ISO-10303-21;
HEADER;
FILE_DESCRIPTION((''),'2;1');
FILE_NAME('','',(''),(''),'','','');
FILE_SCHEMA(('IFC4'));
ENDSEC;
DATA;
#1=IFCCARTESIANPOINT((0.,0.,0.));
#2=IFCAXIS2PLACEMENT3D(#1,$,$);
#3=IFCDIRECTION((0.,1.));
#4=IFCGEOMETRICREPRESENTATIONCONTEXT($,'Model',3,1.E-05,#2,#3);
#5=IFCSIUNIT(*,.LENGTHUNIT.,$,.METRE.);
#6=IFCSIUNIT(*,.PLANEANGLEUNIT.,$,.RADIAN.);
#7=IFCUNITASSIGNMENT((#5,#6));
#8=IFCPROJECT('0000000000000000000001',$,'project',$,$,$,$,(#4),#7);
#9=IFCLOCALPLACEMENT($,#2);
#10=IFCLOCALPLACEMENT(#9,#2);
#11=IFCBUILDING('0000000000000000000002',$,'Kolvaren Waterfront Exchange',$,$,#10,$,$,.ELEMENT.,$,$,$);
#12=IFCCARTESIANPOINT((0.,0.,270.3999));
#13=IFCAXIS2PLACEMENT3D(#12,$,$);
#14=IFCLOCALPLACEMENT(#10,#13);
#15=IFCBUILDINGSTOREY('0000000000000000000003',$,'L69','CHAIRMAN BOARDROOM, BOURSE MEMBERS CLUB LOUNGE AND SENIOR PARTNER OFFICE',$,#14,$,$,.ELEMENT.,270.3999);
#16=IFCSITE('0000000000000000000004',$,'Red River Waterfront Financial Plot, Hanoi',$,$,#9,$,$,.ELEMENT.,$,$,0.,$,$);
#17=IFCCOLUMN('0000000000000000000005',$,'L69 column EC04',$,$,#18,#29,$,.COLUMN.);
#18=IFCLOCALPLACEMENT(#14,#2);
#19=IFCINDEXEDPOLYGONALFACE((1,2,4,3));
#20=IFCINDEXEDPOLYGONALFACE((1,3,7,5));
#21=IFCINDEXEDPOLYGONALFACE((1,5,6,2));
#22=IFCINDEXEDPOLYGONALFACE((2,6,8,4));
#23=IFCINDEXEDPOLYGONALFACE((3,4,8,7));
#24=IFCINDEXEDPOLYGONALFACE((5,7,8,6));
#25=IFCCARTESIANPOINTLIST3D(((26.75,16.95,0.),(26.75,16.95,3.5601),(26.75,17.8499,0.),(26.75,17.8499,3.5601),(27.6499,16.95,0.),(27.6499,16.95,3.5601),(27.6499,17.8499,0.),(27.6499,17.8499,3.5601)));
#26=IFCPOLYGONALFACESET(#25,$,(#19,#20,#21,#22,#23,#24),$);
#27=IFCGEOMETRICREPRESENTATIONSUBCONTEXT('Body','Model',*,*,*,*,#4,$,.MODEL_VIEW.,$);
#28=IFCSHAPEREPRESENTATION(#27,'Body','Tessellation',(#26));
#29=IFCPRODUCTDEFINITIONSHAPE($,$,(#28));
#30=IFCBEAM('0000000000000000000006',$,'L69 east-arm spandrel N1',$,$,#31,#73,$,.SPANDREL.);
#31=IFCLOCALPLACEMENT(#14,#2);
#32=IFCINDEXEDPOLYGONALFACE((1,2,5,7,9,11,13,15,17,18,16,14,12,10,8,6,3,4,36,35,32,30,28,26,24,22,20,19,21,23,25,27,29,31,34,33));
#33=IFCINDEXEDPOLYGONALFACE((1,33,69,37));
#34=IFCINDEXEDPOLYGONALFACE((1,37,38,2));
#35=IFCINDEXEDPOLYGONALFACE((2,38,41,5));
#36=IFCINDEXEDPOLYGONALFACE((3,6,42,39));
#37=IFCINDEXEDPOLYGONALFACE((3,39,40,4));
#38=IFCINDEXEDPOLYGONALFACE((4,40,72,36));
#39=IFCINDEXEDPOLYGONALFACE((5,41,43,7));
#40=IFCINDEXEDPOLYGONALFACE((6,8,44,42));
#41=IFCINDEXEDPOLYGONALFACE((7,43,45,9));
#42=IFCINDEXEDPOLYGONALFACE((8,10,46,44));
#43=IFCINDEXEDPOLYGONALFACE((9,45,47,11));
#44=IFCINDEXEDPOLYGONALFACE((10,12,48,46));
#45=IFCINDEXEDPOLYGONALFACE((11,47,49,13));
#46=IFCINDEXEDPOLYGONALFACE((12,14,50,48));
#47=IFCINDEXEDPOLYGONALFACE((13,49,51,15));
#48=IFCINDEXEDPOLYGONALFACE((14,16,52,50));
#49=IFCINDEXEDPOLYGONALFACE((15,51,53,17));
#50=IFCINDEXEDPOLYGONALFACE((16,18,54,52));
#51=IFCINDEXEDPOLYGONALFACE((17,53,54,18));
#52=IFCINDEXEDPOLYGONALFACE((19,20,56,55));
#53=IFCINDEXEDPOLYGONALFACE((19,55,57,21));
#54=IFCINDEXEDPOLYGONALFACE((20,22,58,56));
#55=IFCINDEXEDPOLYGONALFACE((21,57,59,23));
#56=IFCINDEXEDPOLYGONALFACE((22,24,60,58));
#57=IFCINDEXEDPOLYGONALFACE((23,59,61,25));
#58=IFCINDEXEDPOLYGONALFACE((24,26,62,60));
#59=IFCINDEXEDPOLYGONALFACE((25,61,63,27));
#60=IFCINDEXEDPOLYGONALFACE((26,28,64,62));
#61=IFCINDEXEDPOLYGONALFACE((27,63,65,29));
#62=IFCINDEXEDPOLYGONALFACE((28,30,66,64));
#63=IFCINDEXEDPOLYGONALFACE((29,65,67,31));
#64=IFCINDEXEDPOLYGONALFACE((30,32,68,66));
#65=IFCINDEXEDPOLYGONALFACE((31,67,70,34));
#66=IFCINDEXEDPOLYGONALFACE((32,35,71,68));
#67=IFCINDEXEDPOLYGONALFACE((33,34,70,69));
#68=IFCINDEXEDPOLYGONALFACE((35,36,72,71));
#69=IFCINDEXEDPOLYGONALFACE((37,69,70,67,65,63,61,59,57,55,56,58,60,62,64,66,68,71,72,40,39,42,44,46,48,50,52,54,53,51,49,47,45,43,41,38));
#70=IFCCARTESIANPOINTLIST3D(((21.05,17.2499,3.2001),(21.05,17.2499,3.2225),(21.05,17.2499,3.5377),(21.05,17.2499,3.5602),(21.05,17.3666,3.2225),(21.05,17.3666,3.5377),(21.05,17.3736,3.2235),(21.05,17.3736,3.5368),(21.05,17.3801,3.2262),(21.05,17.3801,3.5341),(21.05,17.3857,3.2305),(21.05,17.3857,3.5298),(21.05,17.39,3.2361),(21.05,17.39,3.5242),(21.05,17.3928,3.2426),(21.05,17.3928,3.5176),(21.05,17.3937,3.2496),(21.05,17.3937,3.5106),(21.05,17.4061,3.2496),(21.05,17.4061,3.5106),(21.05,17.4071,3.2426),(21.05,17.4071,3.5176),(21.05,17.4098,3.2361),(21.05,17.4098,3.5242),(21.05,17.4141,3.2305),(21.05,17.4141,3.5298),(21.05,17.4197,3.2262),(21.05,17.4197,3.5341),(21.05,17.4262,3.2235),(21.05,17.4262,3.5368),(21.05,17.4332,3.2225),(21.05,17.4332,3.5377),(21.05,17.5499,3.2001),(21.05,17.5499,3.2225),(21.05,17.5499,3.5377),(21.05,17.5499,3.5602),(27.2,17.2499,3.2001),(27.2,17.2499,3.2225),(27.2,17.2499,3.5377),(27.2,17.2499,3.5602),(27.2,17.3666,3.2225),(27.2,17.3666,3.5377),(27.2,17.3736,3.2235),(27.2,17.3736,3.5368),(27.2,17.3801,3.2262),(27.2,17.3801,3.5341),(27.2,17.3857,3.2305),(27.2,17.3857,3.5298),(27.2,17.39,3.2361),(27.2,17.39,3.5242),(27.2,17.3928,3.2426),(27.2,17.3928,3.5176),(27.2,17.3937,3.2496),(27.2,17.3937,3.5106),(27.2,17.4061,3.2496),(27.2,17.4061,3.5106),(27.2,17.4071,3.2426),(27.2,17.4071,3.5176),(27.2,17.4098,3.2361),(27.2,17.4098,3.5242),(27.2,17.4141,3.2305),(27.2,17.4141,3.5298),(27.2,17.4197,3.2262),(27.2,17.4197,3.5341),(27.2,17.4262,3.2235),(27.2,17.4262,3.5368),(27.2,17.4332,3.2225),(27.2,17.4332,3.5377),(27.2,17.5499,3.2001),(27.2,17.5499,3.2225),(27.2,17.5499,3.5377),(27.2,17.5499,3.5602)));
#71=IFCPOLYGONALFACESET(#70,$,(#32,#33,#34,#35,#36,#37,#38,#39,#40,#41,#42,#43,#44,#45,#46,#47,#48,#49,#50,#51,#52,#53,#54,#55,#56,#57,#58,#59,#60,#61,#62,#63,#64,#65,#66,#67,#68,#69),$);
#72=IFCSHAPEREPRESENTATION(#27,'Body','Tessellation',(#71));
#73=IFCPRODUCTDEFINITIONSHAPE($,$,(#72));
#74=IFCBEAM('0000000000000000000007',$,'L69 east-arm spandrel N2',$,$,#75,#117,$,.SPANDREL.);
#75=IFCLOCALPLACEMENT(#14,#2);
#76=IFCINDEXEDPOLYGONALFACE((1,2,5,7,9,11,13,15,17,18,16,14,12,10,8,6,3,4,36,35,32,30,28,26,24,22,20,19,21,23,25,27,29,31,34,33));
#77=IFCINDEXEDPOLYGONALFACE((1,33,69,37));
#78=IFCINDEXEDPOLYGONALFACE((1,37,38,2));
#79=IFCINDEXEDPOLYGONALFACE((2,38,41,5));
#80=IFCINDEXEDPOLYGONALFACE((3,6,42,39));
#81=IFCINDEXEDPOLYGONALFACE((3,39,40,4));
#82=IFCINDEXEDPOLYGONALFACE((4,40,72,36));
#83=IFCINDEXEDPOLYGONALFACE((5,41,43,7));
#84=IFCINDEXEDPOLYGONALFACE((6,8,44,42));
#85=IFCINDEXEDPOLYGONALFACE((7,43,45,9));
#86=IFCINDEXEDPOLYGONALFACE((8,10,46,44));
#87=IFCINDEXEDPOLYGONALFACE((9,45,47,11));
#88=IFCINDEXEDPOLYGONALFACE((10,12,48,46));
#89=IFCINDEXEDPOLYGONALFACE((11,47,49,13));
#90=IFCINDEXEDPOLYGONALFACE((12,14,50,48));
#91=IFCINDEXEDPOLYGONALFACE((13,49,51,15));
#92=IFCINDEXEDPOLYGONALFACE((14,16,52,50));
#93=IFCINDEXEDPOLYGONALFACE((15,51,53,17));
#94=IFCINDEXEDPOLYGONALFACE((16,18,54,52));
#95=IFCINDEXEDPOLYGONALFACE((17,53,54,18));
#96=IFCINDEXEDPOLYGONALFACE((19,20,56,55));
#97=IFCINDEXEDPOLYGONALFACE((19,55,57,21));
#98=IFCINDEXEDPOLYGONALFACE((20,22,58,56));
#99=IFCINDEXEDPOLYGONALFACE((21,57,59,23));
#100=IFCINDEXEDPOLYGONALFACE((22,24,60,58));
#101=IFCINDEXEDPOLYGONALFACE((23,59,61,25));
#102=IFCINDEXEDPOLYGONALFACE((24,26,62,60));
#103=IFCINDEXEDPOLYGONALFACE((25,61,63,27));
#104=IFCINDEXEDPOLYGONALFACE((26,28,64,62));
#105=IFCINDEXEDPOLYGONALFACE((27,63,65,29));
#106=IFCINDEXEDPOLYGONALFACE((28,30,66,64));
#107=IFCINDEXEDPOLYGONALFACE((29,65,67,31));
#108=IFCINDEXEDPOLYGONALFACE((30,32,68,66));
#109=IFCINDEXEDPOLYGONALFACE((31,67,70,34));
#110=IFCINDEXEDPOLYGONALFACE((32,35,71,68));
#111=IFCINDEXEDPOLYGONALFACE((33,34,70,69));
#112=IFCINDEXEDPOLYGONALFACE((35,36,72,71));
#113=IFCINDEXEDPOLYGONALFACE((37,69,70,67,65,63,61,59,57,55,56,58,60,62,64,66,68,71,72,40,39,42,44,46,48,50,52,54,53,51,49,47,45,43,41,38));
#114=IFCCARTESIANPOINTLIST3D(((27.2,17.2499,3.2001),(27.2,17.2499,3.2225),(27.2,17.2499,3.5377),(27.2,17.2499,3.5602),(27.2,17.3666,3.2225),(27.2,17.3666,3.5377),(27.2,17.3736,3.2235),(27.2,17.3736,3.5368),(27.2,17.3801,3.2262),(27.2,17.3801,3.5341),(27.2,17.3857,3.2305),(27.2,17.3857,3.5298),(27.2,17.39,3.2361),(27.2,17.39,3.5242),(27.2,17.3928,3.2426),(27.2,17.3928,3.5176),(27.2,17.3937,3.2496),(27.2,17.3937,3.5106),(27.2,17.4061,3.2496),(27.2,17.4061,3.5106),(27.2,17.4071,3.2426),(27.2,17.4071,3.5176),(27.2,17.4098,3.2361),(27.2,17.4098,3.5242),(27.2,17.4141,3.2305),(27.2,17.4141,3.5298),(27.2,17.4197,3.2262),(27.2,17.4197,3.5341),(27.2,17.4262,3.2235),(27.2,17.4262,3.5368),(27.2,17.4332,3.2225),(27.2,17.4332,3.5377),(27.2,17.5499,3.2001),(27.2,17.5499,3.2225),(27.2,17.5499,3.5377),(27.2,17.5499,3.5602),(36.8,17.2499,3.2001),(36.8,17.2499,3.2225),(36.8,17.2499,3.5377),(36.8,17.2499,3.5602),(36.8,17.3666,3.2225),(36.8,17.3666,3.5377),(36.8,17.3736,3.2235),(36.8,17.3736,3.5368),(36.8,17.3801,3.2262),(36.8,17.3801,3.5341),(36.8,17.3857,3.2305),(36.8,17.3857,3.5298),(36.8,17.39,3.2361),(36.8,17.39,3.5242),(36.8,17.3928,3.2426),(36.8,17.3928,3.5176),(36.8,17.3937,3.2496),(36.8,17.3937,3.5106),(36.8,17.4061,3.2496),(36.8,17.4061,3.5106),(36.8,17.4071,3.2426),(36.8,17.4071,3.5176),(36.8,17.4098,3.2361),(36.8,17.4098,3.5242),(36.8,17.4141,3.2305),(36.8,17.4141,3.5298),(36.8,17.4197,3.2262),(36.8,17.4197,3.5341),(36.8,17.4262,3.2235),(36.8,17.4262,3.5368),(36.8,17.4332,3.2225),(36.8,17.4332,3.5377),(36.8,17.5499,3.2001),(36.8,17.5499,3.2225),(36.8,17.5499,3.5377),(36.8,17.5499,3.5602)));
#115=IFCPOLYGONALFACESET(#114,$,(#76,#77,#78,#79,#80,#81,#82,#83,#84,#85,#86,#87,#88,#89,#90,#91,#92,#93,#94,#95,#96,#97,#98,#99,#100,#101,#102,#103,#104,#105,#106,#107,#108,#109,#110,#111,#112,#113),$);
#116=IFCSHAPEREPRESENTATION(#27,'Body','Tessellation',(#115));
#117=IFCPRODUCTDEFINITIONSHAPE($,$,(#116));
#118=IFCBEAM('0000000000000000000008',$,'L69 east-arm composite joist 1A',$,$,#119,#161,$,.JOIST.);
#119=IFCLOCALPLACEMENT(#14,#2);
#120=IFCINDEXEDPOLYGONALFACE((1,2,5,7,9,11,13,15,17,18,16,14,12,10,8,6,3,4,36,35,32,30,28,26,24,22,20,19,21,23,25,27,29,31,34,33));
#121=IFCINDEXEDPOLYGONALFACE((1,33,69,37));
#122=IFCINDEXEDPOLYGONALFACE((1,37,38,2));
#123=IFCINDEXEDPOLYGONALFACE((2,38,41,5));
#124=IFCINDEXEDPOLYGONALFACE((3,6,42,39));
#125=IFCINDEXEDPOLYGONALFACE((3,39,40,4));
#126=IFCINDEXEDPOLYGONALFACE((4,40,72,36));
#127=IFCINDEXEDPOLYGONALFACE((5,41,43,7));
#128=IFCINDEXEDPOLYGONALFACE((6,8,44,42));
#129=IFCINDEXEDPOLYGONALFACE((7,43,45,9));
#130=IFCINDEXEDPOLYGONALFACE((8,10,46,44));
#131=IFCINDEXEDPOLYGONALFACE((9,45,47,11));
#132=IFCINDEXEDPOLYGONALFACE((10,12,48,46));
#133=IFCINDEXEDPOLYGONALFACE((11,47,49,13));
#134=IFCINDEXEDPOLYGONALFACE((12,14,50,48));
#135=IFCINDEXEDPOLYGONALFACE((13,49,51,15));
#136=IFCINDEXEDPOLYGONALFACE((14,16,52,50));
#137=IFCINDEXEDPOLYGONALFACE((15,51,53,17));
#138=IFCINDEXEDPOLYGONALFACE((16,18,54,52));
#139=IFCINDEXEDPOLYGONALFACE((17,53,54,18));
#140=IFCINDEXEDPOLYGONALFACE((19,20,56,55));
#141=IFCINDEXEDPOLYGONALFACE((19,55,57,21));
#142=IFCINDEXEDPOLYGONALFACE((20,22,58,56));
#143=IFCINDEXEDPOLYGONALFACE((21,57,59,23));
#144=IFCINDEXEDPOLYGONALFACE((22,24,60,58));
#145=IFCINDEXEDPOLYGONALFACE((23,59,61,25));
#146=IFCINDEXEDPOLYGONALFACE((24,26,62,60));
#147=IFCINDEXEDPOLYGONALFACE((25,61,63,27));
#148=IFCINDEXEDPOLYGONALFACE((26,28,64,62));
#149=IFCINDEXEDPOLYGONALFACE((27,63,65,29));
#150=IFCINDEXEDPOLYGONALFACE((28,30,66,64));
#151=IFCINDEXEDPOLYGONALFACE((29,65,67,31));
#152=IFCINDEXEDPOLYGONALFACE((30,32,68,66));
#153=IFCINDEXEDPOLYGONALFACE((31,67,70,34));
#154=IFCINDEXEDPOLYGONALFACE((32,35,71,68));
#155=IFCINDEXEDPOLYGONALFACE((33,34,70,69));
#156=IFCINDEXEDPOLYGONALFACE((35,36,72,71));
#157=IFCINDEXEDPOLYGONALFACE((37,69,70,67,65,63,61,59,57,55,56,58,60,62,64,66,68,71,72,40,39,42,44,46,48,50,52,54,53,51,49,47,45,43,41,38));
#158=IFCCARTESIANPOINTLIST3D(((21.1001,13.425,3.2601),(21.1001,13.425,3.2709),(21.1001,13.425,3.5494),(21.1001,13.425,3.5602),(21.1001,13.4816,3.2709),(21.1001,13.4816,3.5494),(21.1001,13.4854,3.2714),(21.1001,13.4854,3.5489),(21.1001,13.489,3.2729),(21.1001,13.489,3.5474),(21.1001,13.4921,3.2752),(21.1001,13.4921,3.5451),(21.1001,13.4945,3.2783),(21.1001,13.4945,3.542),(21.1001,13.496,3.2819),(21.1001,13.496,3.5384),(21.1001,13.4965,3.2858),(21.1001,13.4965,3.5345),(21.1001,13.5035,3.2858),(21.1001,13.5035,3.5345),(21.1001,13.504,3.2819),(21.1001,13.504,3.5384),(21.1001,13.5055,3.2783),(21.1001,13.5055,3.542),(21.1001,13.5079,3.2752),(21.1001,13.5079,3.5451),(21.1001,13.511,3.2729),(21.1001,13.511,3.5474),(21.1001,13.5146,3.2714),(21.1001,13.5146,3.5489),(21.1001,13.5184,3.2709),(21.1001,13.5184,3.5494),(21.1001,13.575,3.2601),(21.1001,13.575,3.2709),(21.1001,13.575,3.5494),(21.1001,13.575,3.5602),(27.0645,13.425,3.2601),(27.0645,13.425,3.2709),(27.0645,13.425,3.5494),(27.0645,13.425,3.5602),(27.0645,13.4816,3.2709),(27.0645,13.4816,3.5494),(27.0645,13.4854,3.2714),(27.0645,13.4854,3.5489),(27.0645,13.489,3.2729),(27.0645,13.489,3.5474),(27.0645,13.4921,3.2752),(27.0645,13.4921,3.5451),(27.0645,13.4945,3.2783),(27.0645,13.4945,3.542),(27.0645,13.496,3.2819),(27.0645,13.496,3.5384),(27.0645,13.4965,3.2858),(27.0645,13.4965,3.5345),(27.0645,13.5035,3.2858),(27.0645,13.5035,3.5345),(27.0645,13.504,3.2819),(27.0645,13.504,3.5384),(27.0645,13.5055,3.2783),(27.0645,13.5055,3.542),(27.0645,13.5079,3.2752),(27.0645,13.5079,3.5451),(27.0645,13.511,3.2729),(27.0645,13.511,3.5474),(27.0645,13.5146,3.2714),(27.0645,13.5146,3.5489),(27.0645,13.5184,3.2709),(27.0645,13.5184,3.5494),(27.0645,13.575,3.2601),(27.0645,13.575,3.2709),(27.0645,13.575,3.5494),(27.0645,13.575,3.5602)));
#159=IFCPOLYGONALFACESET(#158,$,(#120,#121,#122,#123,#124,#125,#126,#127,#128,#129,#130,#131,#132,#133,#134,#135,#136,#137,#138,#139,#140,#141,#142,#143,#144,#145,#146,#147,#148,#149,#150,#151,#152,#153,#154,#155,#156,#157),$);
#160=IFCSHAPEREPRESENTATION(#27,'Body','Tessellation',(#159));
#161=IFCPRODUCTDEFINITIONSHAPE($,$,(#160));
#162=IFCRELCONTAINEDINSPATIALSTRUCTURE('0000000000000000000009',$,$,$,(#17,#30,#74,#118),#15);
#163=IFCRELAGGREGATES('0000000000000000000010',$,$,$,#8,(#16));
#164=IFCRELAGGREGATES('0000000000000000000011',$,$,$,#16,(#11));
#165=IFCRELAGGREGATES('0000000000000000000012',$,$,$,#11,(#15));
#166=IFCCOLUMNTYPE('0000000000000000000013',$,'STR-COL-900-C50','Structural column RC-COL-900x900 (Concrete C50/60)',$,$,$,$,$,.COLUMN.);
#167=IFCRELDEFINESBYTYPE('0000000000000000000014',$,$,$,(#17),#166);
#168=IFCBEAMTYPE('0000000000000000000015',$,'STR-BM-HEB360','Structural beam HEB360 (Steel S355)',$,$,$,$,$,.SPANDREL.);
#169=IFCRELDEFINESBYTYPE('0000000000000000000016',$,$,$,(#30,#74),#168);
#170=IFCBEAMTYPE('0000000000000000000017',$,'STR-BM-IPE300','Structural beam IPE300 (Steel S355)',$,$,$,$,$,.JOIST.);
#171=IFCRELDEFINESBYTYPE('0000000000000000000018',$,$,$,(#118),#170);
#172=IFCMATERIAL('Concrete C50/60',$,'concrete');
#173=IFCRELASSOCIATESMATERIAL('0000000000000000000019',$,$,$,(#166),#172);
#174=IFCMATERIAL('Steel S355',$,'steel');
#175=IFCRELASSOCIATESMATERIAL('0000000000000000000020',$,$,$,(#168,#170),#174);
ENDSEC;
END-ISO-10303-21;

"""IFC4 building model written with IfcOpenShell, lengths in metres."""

from ifc_helpers import new_model, si_unit, direction, frame, origin, origin_2d, place, context, subcontext, project, spatial, rectangle, i_section, extrude, material, material_profile, profile_set, type_object, element, save


model = new_model("IFC4")

# Units and contexts
model_context = context("Model", 3, precision=1e-05, world=origin(), true_north=direction((0.0, 1.0)))
body_context = subcontext(model_context, "Body", "Model", "MODEL_VIEW")
ifc_project = project(units=[si_unit("LENGTHUNIT", "METRE"), si_unit("PLANEANGLEUNIT", "RADIAN")], contexts=[model_context])

# Site, building, storey
site_placement = place(None, origin())
site = spatial("IfcSite", under=ifc_project, at=site_placement, Name="Red River Waterfront Financial Plot, Hanoi", CompositionType="ELEMENT", RefElevation=0.0)
building_placement = place(site_placement, origin())
building = spatial("IfcBuilding", under=site, at=building_placement, Name="Kolvaren Waterfront Exchange", CompositionType="ELEMENT")
storey_placement = place(building_placement, frame((0.0, 0.0, 270.3999)))
storey = spatial("IfcBuildingStorey", under=building, at=storey_placement, Name="L69", Description="CHAIRMAN BOARDROOM, BOURSE MEMBERS CLUB LOUNGE AND SENIOR PARTNER OFFICE", CompositionType="ELEMENT", Elevation=270.3999)

# Column
ifc_material_1 = material(Name="Concrete C50/60", Category="concrete")
ifc_material_profile_1 = material_profile(ifc_material_1, rectangle(XDim=0.8999, YDim=0.8999, at=origin_2d()), Name="RC-COL-900x900")
ifc_profile_set_1 = profile_set([ifc_material_profile_1], Name="Concrete C50/60")
column_type = type_object("IfcColumnType", Name="STR-COL-900-C50", Description="Structural column RC-COL-900x900 (Concrete C50/60)", PredefinedType="COLUMN", material=ifc_profile_set_1)
column_placement = place(storey_placement, frame((27.2, 17.3999, 0.0), z_axis=(0.0, 0.0, 1.0), x_axis=(1.0, 0.0, 0.0)))
element("IfcColumn", 1, at=column_placement, inside=storey, type_object=column_type, Name="L69 column EC04", PredefinedType="COLUMN", context=body_context, shape_type="SweptSolid", body=[
    extrude(rectangle(XDim=0.8999, YDim=0.8999, at=origin_2d()), origin(), (0.0, 0.0, 1.0), 3.5601),
])

# Beams
ifc_material_2 = material(Name="Steel S355", Category="steel")
ifc_material_profile_2 = material_profile(ifc_material_2, i_section(OverallWidth=0.3, OverallDepth=0.3601, WebThickness=0.0125, FlangeThickness=0.0225, FilletRadius=0.0271, at=origin_2d()), Name="HEB360")
ifc_profile_set_2 = profile_set([ifc_material_profile_2], Name="Steel S355")
beam_type_1 = type_object("IfcBeamType", Name="STR-BM-HEB360", Description="Structural beam HEB360 (Steel S355)", PredefinedType="SPANDREL", material=ifc_profile_set_2)
beam_1_placement = place(storey_placement, frame((21.05, 17.3999, 3.3801), z_axis=(1.0, 0.0, 0.0), x_axis=(0.0, 1.0, 0.0)))
element("IfcBeam", 2, at=beam_1_placement, inside=storey, type_object=beam_type_1, Name="L69 east-arm spandrel N1", PredefinedType="SPANDREL", context=body_context, shape_type="SweptSolid", body=[
    extrude(i_section(OverallWidth=0.3, OverallDepth=0.3601, WebThickness=0.0125, FlangeThickness=0.0225, FilletRadius=0.0271, at=origin_2d()), origin(), (0.0, 0.0, 1.0), 6.1499),
])
beam_2_placement = place(storey_placement, frame((27.2, 17.3999, 3.3801), z_axis=(1.0, 0.0, 0.0), x_axis=(0.0, 1.0, 0.0)))
element("IfcBeam", 3, at=beam_2_placement, inside=storey, type_object=beam_type_1, Name="L69 east-arm spandrel N2", PredefinedType="SPANDREL", context=body_context, shape_type="SweptSolid", body=[
    extrude(i_section(OverallWidth=0.3, OverallDepth=0.3601, WebThickness=0.0125, FlangeThickness=0.0225, FilletRadius=0.0271, at=origin_2d()), origin(), (0.0, 0.0, 1.0), 9.6001),
])
ifc_material_profile_3 = material_profile(ifc_material_2, i_section(OverallWidth=0.1499, OverallDepth=0.3, WebThickness=0.0071, FlangeThickness=0.0107, FilletRadius=0.0149, at=origin_2d()), Name="IPE300")
ifc_profile_set_3 = profile_set([ifc_material_profile_3], Name="Steel S355")
beam_type_2 = type_object("IfcBeamType", Name="STR-BM-IPE300", Description="Structural beam IPE300 (Steel S355)", PredefinedType="JOIST", material=ifc_profile_set_3)
for number, where, z_axis, x_axis, name in (
    (4, (21.1001, 13.5, 3.4102), (1.0, 0.0, 0.0), (0.0, 1.0, 0.0), "L69 east-arm composite joist 1A"),
):
    element("IfcBeam", number, at=place(storey_placement, frame(where, z_axis=z_axis, x_axis=x_axis)), inside=storey, type_object=beam_type_2, Name=name, PredefinedType="JOIST", context=body_context, shape_type="SweptSolid", body=[
        extrude(i_section(OverallWidth=0.1499, OverallDepth=0.3, WebThickness=0.0071, FlangeThickness=0.0107, FilletRadius=0.0149, at=origin_2d()), origin(), (0.0, 0.0, 1.0), 5.9644),
    ])

save(model, "model.ifc")
